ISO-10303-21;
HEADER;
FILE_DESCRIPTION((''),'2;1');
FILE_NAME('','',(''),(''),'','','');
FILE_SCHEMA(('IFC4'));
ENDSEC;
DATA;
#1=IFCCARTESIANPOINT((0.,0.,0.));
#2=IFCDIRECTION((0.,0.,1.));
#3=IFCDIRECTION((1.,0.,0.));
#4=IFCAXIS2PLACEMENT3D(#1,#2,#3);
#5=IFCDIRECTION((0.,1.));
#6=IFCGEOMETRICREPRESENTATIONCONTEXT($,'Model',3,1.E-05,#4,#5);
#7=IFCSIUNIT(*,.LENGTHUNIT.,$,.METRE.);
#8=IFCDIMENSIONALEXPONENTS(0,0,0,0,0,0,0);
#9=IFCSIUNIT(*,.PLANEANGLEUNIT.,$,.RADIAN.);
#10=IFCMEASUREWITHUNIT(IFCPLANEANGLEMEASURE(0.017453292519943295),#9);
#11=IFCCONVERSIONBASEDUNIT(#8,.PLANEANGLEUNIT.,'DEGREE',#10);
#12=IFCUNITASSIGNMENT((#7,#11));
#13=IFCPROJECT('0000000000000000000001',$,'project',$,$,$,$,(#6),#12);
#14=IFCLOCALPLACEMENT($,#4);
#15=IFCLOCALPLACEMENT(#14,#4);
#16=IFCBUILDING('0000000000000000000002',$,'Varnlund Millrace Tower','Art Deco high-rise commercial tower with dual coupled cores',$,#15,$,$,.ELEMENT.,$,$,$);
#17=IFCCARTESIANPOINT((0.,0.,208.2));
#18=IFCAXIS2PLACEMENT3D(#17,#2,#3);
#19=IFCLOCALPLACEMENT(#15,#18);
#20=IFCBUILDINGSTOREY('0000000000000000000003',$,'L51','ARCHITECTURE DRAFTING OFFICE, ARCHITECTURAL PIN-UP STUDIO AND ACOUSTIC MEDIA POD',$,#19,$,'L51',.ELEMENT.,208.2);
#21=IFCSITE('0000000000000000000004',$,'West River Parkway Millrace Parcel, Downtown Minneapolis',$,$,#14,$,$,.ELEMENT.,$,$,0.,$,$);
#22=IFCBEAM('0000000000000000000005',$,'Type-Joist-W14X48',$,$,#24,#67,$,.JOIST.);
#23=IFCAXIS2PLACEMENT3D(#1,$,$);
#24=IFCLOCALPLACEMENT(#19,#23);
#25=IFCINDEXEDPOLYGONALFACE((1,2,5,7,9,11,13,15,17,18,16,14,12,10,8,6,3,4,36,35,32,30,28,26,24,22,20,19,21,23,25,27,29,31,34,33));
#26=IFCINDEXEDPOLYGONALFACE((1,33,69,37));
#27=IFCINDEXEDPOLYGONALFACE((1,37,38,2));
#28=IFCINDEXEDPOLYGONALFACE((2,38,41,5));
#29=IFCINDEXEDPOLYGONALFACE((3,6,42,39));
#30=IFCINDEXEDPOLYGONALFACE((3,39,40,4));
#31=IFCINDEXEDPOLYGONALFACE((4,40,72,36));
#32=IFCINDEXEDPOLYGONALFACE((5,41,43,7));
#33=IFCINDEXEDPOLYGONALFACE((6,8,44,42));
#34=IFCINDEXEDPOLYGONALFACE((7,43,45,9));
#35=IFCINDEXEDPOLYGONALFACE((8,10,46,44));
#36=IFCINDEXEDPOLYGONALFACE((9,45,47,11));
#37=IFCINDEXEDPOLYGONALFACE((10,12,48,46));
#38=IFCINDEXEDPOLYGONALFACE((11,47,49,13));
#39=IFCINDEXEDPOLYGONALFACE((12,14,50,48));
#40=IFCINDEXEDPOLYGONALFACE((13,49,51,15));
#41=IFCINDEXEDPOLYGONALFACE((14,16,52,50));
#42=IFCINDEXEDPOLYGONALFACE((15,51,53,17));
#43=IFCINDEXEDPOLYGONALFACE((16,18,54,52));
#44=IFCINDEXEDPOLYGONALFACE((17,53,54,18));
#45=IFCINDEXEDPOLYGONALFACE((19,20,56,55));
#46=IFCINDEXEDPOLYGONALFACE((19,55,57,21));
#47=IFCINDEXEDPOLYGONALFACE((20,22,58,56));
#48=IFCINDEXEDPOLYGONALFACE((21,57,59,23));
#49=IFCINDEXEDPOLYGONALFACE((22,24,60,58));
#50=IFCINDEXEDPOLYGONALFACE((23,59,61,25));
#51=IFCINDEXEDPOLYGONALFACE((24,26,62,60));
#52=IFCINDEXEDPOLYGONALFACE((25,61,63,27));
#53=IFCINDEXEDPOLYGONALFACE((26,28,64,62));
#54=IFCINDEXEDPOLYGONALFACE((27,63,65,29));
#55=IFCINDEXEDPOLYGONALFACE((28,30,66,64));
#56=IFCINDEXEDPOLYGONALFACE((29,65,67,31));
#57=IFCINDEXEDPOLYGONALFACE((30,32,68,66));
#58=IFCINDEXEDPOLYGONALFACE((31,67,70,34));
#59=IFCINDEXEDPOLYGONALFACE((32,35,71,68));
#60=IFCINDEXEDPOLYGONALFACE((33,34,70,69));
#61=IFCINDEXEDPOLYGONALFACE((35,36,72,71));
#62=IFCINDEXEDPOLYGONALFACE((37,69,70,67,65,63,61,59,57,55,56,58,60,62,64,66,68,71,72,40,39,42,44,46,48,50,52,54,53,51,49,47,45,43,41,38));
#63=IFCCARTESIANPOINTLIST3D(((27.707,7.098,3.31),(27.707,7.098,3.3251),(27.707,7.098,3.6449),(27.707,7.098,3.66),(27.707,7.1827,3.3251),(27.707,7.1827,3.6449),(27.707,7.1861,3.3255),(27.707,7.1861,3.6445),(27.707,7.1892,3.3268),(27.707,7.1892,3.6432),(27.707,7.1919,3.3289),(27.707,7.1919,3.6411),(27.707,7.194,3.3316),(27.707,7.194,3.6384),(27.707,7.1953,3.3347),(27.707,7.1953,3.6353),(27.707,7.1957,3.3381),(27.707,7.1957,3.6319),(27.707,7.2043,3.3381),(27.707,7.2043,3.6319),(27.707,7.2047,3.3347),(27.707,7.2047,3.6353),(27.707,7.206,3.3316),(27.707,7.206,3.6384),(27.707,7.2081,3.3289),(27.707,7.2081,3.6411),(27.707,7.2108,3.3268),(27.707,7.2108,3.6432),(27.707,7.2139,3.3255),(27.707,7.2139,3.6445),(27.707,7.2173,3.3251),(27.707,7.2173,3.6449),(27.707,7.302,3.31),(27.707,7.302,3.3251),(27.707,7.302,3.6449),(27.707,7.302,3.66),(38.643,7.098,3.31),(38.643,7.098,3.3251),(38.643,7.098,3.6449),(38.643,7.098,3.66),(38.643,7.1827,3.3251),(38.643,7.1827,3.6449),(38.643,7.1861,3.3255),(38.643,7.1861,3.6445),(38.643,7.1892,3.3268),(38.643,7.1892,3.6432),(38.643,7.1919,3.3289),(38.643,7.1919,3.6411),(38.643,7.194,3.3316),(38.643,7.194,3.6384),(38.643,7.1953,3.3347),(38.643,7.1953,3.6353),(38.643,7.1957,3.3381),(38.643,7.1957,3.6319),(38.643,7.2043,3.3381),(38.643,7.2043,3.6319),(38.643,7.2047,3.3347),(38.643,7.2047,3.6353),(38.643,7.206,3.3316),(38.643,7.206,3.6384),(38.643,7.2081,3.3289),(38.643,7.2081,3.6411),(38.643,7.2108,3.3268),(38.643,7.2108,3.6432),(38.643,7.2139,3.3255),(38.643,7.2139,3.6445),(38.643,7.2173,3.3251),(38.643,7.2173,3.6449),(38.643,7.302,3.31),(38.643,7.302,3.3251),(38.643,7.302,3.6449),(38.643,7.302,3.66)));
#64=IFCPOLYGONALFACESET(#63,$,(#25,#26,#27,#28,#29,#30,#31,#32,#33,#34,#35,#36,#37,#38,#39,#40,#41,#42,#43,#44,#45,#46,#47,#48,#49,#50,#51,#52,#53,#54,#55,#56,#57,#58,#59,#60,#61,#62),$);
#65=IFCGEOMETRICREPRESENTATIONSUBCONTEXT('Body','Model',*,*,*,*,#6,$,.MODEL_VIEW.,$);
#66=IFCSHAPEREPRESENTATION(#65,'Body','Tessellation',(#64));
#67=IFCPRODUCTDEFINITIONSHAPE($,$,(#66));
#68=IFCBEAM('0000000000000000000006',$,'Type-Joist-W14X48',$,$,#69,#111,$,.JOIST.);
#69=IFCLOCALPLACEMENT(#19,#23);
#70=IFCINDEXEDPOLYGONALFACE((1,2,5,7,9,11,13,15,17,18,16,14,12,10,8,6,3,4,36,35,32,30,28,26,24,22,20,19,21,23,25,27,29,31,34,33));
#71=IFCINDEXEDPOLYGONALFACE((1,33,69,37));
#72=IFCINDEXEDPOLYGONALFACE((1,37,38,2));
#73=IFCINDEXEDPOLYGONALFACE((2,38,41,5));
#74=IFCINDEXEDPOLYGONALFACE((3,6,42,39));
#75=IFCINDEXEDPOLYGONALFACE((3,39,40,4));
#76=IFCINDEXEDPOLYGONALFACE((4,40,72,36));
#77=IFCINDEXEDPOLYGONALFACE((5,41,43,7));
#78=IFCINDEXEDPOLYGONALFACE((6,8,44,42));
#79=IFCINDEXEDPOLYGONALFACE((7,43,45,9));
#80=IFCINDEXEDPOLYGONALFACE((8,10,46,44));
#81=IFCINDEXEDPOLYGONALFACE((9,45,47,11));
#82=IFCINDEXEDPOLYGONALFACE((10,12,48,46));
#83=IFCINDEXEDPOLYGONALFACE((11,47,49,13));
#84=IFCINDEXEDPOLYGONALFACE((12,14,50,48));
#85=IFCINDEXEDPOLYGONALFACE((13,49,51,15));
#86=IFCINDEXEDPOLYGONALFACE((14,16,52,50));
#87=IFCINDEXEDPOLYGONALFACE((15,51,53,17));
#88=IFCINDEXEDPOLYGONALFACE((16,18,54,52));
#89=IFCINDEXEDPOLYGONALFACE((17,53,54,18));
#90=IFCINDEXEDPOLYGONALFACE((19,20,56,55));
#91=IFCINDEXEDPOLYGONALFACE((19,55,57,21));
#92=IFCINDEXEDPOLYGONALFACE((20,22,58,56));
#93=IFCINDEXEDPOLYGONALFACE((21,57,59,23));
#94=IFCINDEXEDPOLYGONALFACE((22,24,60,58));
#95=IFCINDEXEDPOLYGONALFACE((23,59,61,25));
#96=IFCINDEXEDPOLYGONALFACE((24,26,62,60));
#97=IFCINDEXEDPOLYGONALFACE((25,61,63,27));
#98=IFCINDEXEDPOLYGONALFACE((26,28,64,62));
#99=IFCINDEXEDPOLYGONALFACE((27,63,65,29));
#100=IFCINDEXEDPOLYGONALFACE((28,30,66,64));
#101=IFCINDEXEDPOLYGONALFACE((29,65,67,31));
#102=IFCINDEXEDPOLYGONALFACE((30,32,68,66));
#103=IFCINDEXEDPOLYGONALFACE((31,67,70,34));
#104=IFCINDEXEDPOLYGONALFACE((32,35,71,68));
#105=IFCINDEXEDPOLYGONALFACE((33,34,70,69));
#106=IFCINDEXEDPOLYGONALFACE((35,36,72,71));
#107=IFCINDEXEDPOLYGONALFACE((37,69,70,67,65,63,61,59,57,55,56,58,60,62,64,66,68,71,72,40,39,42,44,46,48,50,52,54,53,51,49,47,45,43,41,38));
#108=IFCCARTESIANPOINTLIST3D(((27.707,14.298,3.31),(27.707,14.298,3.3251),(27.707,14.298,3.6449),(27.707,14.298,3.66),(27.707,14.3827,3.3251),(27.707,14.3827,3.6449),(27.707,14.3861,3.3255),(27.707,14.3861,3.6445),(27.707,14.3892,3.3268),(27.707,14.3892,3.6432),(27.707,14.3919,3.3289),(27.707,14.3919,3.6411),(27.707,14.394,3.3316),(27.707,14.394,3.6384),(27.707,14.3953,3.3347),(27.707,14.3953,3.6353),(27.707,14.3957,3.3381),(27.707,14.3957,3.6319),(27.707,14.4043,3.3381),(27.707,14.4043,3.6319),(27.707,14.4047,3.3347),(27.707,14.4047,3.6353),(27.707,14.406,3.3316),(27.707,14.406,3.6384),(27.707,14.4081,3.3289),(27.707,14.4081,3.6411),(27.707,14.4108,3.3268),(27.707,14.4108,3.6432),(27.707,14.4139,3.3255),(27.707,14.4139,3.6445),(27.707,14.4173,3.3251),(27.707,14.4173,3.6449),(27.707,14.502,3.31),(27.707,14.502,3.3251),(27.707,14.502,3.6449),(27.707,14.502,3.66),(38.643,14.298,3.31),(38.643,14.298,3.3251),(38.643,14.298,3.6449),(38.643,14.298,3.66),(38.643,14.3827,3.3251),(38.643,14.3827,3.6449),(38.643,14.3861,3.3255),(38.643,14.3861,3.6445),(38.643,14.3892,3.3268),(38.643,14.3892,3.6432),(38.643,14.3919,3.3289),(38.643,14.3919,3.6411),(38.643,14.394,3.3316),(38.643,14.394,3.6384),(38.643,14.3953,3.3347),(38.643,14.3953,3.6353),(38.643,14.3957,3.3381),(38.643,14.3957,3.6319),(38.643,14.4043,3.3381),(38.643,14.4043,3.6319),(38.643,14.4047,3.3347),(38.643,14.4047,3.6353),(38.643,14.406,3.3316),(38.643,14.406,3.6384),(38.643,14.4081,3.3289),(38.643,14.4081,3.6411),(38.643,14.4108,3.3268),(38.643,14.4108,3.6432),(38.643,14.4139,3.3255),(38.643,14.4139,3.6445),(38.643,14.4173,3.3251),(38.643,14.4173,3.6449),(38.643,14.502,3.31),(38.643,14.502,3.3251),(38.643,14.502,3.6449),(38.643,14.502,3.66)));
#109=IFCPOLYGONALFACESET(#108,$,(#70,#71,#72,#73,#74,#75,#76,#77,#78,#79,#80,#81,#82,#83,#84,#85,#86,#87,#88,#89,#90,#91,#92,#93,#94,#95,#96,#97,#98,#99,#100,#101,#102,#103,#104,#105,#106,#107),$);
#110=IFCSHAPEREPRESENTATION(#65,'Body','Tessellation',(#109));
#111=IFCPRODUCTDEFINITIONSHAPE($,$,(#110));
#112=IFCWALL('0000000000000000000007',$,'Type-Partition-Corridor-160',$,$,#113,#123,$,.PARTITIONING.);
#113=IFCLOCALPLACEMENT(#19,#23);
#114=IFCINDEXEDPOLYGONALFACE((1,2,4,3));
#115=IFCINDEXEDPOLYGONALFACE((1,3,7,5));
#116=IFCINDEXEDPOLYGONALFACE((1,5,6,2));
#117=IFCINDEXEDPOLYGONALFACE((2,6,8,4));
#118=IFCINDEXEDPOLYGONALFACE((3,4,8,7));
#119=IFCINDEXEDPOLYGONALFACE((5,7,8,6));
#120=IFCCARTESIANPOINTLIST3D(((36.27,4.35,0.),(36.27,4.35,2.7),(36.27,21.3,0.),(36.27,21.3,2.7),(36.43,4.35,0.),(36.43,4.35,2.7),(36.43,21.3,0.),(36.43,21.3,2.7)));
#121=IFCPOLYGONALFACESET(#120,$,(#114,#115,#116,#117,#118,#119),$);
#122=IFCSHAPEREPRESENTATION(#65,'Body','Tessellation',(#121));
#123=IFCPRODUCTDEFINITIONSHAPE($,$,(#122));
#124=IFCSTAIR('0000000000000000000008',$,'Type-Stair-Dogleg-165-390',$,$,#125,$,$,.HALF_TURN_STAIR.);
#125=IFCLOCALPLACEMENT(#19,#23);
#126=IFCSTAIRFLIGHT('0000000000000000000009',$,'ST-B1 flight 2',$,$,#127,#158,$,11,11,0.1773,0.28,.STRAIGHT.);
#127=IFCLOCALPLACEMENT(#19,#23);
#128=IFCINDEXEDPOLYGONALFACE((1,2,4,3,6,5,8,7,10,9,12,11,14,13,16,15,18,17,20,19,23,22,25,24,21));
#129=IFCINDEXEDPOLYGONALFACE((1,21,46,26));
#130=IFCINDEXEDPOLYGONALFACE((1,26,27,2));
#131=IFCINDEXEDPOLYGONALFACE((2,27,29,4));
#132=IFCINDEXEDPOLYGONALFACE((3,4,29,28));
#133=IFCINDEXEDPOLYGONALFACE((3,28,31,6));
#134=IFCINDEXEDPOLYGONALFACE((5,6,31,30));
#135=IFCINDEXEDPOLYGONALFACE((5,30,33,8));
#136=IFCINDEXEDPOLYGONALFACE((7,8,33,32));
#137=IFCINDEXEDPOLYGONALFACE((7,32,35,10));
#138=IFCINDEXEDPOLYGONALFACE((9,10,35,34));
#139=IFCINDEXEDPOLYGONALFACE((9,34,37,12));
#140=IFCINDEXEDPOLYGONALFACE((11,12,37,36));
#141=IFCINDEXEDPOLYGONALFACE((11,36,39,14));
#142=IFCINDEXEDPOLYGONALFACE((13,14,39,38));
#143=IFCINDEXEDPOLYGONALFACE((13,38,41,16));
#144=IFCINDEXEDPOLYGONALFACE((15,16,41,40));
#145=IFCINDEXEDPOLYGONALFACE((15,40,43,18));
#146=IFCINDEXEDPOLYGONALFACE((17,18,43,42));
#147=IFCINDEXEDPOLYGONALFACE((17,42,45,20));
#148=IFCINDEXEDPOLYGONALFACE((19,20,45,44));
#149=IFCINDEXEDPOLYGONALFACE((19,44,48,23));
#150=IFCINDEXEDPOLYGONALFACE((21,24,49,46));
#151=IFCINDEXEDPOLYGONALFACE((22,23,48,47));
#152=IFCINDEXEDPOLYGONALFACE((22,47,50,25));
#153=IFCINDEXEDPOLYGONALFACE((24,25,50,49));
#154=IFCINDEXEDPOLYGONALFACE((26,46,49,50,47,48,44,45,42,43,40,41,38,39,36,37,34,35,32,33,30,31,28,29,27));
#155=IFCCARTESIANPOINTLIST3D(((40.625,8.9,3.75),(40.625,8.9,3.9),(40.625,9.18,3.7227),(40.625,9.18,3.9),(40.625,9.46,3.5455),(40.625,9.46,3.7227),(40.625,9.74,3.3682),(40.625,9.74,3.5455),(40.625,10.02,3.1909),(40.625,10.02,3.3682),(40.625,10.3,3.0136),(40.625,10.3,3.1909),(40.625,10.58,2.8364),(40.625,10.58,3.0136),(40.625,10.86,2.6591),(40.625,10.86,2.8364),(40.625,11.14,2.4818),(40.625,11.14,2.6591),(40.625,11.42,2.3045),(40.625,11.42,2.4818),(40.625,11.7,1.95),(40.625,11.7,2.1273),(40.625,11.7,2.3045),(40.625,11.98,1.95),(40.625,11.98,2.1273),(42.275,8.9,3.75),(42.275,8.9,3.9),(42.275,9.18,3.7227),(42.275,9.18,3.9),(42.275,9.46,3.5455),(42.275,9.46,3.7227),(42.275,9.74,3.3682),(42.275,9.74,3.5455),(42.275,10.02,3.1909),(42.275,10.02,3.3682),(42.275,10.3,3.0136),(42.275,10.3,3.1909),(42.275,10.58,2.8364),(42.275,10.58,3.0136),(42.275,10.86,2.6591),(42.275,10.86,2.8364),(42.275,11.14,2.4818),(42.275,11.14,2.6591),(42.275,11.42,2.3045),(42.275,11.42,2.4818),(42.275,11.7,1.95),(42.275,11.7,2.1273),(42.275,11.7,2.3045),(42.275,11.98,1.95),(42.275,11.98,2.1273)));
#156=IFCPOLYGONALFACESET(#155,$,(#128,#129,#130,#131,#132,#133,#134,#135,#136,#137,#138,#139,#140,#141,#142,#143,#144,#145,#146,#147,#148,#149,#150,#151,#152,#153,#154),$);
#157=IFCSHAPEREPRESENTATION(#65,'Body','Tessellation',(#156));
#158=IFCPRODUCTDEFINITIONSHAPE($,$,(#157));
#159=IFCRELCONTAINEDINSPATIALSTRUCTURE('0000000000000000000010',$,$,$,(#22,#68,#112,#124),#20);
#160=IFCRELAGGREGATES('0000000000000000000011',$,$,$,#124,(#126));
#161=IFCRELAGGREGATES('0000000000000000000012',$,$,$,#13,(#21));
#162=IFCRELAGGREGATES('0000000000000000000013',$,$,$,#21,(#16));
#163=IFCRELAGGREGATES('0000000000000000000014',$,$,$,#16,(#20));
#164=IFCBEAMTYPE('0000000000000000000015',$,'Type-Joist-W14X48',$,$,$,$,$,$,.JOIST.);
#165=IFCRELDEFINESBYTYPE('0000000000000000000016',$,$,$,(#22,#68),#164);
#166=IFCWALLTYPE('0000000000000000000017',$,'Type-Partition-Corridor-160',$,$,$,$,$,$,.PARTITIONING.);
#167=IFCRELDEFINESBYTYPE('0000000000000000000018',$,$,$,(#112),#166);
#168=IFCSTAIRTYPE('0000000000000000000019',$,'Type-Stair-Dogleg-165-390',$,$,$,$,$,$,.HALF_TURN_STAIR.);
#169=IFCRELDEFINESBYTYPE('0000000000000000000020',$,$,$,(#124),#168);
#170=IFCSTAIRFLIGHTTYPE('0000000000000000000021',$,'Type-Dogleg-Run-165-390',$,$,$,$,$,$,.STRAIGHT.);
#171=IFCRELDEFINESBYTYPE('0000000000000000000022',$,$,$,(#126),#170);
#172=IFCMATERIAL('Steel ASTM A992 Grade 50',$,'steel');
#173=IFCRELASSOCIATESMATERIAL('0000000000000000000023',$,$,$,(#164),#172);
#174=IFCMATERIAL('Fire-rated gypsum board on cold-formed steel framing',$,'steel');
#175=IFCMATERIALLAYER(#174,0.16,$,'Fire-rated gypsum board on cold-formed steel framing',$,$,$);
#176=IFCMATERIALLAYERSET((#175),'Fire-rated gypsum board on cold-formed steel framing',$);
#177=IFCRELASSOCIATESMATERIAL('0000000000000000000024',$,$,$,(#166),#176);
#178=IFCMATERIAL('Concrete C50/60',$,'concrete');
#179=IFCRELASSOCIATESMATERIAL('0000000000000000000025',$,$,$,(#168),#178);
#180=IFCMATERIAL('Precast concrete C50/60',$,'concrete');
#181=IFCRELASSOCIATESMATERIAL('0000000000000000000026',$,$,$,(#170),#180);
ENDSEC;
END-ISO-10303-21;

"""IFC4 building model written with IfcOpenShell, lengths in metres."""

from ifc_helpers import new_model, entity, si_unit, converted_unit, direction, frame, origin_with_axes, origin_2d_with_axis, place, context, subcontext, project, spatial, polyline, i_section, outline, extrude, material, layer, layer_set, material_profile, profile_set, type_object, element, aggregate, save


model = new_model("IFC4")

# Units and contexts
model_context = context("Model", 3, precision=1e-05, world=origin_with_axes(), true_north=direction((0.0, 1.0)))
body_context = subcontext(model_context, "Body", "Model", "MODEL_VIEW")
ifc_project = project(units=[si_unit("LENGTHUNIT", "METRE"), converted_unit("PLANEANGLEUNIT", "DEGREE", entity("IfcPlaneAngleMeasure", 0.017453292519943295), si_unit("PLANEANGLEUNIT", "RADIAN"), dimensions=[0, 0, 0, 0, 0, 0, 0])], contexts=[model_context])

# Site, building, storey
site_placement = place(None, origin_with_axes())
site = spatial("IfcSite", under=ifc_project, at=site_placement, Name="West River Parkway Millrace Parcel, Downtown Minneapolis", CompositionType="ELEMENT", RefElevation=0.0)
building_placement = place(site_placement, origin_with_axes())
building = spatial("IfcBuilding", under=site, at=building_placement, Name="Varnlund Millrace Tower", Description="Art Deco high-rise commercial tower with dual coupled cores", CompositionType="ELEMENT")
storey_placement = place(building_placement, frame((0.0, 0.0, 208.2), z_axis=(0.0, 0.0, 1.0), x_axis=(1.0, 0.0, 0.0)))
storey = spatial("IfcBuildingStorey", under=building, at=storey_placement, Name="L51", Description="ARCHITECTURE DRAFTING OFFICE, ARCHITECTURAL PIN-UP STUDIO AND ACOUSTIC MEDIA POD", LongName="L51", CompositionType="ELEMENT", Elevation=208.2)

# Beams
ifc_material_1 = material(Name="Steel ASTM A992 Grade 50", Category="steel")
ifc_material_profile_1 = material_profile(ifc_material_1, i_section(OverallWidth=0.204, OverallDepth=0.35, WebThickness=0.0086, FlangeThickness=0.0151, FilletRadius=0.013, at=origin_2d_with_axis()), Name="Steel ASTM A992 Grade 50")
ifc_profile_set_1 = profile_set([ifc_material_profile_1], Name="Steel ASTM A992 Grade 50")
beam_type_1 = type_object("IfcBeamType", Name="Type-Joist-W14X48", PredefinedType="JOIST", material=ifc_profile_set_1)
for number, where, z_axis, x_axis, name in (
    (1, (27.707, 7.2, 3.485), (1.0, 0.0, 0.0), (0.0, 1.0, 0.0), "Type-Joist-W14X48"),
    (2, (27.707, 14.4, 3.485), (1.0, 0.0, 0.0), (0.0, 1.0, 0.0), "Type-Joist-W14X48"),
):
    element("IfcBeam", number, at=place(storey_placement, frame(where, z_axis=z_axis, x_axis=x_axis)), inside=storey, type_object=beam_type_1, Name=name, PredefinedType="JOIST", context=body_context, shape_type="SweptSolid", body=[
        extrude(i_section(OverallWidth=0.204, OverallDepth=0.35, WebThickness=0.0086, FlangeThickness=0.0151, FilletRadius=0.013, at=origin_2d_with_axis()), origin_with_axes(), (0.0, 0.0, 1.0), 10.936),
    ])

# Wall
ifc_material_2 = material(Name="Fire-rated gypsum board on cold-formed steel framing", Category="steel")
ifc_layer = layer(ifc_material_2, 0.16, Name="Fire-rated gypsum board on cold-formed steel framing")
ifc_layer_set = layer_set([ifc_layer], Name="Fire-rated gypsum board on cold-formed steel framing")
wall_type = type_object("IfcWallType", Name="Type-Partition-Corridor-160", PredefinedType="PARTITIONING", material=ifc_layer_set)
wall_placement = place(storey_placement, frame((36.35, 4.35, 0.0), z_axis=(0.0, 0.0, 1.0), x_axis=(0.0, 1.0, 0.0)))
element("IfcWall", 3, at=wall_placement, inside=storey, type_object=wall_type, Name="Type-Partition-Corridor-160", PredefinedType="PARTITIONING", context=body_context, shape_type="SweptSolid", body=[
    extrude(outline(polyline([(0.0, -0.08), (16.95, -0.08), (16.95, 0.08), (0.0, 0.08), (0.0, -0.08)])), origin_with_axes(), (0.0, 0.0, 1.0), 2.7),
])

# Stair, stair flight
ifc_material_3 = material(Name="Concrete C50/60", Category="concrete")
stair_type = type_object("IfcStairType", Name="Type-Stair-Dogleg-165-390", PredefinedType="HALF_TURN_STAIR", material=ifc_material_3)
stair_placement = place(storey_placement, origin_with_axes())
stair = element("IfcStair", 4, at=stair_placement, inside=storey, type_object=stair_type, Name="Type-Stair-Dogleg-165-390", PredefinedType="HALF_TURN_STAIR")
ifc_material_4 = material(Name="Precast concrete C50/60", Category="concrete")
stair_flight_type = type_object("IfcStairFlightType", Name="Type-Dogleg-Run-165-390", PredefinedType="STRAIGHT", material=ifc_material_4)
stair_flight_placement = place(storey_placement, frame((42.275, 11.98, 1.95), z_axis=(-1.0, 0.0, 0.0), x_axis=(0.0, -1.0, 0.0)))
stair_flight = element("IfcStairFlight", 5, at=stair_flight_placement, type_object=stair_flight_type, Name="ST-B1 flight 2", NumberOfRisers=11, NumberOfTreads=11, PredefinedType="STRAIGHT", RiserHeight=0.1773, TreadLength=0.28, context=body_context, shape_type="SweptSolid", body=[
    extrude(outline(polyline([(0.0, 0.0), (0.0, 0.1773), (0.28, 0.1773), (0.28, 0.3545), (0.56, 0.3545), (0.56, 0.5318), (0.84, 0.5318), (0.84, 0.7091), (1.12, 0.7091), (1.12, 0.8864), (1.4, 0.8864), (1.4, 1.0636), (1.68, 1.0636), (1.68, 1.2409), (1.96, 1.2409), (1.96, 1.4182), (2.24, 1.4182), (2.24, 1.5955), (2.52, 1.5955), (2.52, 1.7727), (2.8, 1.7727), (2.8, 1.95), (3.08, 1.95), (3.08, 1.8), (0.28, 0.0), (0.0, 0.0)])), origin_with_axes(), (0.0, 0.0, 1.0), 1.65),
])
aggregate(stair, [stair_flight])

save(model, "model.ifc")
